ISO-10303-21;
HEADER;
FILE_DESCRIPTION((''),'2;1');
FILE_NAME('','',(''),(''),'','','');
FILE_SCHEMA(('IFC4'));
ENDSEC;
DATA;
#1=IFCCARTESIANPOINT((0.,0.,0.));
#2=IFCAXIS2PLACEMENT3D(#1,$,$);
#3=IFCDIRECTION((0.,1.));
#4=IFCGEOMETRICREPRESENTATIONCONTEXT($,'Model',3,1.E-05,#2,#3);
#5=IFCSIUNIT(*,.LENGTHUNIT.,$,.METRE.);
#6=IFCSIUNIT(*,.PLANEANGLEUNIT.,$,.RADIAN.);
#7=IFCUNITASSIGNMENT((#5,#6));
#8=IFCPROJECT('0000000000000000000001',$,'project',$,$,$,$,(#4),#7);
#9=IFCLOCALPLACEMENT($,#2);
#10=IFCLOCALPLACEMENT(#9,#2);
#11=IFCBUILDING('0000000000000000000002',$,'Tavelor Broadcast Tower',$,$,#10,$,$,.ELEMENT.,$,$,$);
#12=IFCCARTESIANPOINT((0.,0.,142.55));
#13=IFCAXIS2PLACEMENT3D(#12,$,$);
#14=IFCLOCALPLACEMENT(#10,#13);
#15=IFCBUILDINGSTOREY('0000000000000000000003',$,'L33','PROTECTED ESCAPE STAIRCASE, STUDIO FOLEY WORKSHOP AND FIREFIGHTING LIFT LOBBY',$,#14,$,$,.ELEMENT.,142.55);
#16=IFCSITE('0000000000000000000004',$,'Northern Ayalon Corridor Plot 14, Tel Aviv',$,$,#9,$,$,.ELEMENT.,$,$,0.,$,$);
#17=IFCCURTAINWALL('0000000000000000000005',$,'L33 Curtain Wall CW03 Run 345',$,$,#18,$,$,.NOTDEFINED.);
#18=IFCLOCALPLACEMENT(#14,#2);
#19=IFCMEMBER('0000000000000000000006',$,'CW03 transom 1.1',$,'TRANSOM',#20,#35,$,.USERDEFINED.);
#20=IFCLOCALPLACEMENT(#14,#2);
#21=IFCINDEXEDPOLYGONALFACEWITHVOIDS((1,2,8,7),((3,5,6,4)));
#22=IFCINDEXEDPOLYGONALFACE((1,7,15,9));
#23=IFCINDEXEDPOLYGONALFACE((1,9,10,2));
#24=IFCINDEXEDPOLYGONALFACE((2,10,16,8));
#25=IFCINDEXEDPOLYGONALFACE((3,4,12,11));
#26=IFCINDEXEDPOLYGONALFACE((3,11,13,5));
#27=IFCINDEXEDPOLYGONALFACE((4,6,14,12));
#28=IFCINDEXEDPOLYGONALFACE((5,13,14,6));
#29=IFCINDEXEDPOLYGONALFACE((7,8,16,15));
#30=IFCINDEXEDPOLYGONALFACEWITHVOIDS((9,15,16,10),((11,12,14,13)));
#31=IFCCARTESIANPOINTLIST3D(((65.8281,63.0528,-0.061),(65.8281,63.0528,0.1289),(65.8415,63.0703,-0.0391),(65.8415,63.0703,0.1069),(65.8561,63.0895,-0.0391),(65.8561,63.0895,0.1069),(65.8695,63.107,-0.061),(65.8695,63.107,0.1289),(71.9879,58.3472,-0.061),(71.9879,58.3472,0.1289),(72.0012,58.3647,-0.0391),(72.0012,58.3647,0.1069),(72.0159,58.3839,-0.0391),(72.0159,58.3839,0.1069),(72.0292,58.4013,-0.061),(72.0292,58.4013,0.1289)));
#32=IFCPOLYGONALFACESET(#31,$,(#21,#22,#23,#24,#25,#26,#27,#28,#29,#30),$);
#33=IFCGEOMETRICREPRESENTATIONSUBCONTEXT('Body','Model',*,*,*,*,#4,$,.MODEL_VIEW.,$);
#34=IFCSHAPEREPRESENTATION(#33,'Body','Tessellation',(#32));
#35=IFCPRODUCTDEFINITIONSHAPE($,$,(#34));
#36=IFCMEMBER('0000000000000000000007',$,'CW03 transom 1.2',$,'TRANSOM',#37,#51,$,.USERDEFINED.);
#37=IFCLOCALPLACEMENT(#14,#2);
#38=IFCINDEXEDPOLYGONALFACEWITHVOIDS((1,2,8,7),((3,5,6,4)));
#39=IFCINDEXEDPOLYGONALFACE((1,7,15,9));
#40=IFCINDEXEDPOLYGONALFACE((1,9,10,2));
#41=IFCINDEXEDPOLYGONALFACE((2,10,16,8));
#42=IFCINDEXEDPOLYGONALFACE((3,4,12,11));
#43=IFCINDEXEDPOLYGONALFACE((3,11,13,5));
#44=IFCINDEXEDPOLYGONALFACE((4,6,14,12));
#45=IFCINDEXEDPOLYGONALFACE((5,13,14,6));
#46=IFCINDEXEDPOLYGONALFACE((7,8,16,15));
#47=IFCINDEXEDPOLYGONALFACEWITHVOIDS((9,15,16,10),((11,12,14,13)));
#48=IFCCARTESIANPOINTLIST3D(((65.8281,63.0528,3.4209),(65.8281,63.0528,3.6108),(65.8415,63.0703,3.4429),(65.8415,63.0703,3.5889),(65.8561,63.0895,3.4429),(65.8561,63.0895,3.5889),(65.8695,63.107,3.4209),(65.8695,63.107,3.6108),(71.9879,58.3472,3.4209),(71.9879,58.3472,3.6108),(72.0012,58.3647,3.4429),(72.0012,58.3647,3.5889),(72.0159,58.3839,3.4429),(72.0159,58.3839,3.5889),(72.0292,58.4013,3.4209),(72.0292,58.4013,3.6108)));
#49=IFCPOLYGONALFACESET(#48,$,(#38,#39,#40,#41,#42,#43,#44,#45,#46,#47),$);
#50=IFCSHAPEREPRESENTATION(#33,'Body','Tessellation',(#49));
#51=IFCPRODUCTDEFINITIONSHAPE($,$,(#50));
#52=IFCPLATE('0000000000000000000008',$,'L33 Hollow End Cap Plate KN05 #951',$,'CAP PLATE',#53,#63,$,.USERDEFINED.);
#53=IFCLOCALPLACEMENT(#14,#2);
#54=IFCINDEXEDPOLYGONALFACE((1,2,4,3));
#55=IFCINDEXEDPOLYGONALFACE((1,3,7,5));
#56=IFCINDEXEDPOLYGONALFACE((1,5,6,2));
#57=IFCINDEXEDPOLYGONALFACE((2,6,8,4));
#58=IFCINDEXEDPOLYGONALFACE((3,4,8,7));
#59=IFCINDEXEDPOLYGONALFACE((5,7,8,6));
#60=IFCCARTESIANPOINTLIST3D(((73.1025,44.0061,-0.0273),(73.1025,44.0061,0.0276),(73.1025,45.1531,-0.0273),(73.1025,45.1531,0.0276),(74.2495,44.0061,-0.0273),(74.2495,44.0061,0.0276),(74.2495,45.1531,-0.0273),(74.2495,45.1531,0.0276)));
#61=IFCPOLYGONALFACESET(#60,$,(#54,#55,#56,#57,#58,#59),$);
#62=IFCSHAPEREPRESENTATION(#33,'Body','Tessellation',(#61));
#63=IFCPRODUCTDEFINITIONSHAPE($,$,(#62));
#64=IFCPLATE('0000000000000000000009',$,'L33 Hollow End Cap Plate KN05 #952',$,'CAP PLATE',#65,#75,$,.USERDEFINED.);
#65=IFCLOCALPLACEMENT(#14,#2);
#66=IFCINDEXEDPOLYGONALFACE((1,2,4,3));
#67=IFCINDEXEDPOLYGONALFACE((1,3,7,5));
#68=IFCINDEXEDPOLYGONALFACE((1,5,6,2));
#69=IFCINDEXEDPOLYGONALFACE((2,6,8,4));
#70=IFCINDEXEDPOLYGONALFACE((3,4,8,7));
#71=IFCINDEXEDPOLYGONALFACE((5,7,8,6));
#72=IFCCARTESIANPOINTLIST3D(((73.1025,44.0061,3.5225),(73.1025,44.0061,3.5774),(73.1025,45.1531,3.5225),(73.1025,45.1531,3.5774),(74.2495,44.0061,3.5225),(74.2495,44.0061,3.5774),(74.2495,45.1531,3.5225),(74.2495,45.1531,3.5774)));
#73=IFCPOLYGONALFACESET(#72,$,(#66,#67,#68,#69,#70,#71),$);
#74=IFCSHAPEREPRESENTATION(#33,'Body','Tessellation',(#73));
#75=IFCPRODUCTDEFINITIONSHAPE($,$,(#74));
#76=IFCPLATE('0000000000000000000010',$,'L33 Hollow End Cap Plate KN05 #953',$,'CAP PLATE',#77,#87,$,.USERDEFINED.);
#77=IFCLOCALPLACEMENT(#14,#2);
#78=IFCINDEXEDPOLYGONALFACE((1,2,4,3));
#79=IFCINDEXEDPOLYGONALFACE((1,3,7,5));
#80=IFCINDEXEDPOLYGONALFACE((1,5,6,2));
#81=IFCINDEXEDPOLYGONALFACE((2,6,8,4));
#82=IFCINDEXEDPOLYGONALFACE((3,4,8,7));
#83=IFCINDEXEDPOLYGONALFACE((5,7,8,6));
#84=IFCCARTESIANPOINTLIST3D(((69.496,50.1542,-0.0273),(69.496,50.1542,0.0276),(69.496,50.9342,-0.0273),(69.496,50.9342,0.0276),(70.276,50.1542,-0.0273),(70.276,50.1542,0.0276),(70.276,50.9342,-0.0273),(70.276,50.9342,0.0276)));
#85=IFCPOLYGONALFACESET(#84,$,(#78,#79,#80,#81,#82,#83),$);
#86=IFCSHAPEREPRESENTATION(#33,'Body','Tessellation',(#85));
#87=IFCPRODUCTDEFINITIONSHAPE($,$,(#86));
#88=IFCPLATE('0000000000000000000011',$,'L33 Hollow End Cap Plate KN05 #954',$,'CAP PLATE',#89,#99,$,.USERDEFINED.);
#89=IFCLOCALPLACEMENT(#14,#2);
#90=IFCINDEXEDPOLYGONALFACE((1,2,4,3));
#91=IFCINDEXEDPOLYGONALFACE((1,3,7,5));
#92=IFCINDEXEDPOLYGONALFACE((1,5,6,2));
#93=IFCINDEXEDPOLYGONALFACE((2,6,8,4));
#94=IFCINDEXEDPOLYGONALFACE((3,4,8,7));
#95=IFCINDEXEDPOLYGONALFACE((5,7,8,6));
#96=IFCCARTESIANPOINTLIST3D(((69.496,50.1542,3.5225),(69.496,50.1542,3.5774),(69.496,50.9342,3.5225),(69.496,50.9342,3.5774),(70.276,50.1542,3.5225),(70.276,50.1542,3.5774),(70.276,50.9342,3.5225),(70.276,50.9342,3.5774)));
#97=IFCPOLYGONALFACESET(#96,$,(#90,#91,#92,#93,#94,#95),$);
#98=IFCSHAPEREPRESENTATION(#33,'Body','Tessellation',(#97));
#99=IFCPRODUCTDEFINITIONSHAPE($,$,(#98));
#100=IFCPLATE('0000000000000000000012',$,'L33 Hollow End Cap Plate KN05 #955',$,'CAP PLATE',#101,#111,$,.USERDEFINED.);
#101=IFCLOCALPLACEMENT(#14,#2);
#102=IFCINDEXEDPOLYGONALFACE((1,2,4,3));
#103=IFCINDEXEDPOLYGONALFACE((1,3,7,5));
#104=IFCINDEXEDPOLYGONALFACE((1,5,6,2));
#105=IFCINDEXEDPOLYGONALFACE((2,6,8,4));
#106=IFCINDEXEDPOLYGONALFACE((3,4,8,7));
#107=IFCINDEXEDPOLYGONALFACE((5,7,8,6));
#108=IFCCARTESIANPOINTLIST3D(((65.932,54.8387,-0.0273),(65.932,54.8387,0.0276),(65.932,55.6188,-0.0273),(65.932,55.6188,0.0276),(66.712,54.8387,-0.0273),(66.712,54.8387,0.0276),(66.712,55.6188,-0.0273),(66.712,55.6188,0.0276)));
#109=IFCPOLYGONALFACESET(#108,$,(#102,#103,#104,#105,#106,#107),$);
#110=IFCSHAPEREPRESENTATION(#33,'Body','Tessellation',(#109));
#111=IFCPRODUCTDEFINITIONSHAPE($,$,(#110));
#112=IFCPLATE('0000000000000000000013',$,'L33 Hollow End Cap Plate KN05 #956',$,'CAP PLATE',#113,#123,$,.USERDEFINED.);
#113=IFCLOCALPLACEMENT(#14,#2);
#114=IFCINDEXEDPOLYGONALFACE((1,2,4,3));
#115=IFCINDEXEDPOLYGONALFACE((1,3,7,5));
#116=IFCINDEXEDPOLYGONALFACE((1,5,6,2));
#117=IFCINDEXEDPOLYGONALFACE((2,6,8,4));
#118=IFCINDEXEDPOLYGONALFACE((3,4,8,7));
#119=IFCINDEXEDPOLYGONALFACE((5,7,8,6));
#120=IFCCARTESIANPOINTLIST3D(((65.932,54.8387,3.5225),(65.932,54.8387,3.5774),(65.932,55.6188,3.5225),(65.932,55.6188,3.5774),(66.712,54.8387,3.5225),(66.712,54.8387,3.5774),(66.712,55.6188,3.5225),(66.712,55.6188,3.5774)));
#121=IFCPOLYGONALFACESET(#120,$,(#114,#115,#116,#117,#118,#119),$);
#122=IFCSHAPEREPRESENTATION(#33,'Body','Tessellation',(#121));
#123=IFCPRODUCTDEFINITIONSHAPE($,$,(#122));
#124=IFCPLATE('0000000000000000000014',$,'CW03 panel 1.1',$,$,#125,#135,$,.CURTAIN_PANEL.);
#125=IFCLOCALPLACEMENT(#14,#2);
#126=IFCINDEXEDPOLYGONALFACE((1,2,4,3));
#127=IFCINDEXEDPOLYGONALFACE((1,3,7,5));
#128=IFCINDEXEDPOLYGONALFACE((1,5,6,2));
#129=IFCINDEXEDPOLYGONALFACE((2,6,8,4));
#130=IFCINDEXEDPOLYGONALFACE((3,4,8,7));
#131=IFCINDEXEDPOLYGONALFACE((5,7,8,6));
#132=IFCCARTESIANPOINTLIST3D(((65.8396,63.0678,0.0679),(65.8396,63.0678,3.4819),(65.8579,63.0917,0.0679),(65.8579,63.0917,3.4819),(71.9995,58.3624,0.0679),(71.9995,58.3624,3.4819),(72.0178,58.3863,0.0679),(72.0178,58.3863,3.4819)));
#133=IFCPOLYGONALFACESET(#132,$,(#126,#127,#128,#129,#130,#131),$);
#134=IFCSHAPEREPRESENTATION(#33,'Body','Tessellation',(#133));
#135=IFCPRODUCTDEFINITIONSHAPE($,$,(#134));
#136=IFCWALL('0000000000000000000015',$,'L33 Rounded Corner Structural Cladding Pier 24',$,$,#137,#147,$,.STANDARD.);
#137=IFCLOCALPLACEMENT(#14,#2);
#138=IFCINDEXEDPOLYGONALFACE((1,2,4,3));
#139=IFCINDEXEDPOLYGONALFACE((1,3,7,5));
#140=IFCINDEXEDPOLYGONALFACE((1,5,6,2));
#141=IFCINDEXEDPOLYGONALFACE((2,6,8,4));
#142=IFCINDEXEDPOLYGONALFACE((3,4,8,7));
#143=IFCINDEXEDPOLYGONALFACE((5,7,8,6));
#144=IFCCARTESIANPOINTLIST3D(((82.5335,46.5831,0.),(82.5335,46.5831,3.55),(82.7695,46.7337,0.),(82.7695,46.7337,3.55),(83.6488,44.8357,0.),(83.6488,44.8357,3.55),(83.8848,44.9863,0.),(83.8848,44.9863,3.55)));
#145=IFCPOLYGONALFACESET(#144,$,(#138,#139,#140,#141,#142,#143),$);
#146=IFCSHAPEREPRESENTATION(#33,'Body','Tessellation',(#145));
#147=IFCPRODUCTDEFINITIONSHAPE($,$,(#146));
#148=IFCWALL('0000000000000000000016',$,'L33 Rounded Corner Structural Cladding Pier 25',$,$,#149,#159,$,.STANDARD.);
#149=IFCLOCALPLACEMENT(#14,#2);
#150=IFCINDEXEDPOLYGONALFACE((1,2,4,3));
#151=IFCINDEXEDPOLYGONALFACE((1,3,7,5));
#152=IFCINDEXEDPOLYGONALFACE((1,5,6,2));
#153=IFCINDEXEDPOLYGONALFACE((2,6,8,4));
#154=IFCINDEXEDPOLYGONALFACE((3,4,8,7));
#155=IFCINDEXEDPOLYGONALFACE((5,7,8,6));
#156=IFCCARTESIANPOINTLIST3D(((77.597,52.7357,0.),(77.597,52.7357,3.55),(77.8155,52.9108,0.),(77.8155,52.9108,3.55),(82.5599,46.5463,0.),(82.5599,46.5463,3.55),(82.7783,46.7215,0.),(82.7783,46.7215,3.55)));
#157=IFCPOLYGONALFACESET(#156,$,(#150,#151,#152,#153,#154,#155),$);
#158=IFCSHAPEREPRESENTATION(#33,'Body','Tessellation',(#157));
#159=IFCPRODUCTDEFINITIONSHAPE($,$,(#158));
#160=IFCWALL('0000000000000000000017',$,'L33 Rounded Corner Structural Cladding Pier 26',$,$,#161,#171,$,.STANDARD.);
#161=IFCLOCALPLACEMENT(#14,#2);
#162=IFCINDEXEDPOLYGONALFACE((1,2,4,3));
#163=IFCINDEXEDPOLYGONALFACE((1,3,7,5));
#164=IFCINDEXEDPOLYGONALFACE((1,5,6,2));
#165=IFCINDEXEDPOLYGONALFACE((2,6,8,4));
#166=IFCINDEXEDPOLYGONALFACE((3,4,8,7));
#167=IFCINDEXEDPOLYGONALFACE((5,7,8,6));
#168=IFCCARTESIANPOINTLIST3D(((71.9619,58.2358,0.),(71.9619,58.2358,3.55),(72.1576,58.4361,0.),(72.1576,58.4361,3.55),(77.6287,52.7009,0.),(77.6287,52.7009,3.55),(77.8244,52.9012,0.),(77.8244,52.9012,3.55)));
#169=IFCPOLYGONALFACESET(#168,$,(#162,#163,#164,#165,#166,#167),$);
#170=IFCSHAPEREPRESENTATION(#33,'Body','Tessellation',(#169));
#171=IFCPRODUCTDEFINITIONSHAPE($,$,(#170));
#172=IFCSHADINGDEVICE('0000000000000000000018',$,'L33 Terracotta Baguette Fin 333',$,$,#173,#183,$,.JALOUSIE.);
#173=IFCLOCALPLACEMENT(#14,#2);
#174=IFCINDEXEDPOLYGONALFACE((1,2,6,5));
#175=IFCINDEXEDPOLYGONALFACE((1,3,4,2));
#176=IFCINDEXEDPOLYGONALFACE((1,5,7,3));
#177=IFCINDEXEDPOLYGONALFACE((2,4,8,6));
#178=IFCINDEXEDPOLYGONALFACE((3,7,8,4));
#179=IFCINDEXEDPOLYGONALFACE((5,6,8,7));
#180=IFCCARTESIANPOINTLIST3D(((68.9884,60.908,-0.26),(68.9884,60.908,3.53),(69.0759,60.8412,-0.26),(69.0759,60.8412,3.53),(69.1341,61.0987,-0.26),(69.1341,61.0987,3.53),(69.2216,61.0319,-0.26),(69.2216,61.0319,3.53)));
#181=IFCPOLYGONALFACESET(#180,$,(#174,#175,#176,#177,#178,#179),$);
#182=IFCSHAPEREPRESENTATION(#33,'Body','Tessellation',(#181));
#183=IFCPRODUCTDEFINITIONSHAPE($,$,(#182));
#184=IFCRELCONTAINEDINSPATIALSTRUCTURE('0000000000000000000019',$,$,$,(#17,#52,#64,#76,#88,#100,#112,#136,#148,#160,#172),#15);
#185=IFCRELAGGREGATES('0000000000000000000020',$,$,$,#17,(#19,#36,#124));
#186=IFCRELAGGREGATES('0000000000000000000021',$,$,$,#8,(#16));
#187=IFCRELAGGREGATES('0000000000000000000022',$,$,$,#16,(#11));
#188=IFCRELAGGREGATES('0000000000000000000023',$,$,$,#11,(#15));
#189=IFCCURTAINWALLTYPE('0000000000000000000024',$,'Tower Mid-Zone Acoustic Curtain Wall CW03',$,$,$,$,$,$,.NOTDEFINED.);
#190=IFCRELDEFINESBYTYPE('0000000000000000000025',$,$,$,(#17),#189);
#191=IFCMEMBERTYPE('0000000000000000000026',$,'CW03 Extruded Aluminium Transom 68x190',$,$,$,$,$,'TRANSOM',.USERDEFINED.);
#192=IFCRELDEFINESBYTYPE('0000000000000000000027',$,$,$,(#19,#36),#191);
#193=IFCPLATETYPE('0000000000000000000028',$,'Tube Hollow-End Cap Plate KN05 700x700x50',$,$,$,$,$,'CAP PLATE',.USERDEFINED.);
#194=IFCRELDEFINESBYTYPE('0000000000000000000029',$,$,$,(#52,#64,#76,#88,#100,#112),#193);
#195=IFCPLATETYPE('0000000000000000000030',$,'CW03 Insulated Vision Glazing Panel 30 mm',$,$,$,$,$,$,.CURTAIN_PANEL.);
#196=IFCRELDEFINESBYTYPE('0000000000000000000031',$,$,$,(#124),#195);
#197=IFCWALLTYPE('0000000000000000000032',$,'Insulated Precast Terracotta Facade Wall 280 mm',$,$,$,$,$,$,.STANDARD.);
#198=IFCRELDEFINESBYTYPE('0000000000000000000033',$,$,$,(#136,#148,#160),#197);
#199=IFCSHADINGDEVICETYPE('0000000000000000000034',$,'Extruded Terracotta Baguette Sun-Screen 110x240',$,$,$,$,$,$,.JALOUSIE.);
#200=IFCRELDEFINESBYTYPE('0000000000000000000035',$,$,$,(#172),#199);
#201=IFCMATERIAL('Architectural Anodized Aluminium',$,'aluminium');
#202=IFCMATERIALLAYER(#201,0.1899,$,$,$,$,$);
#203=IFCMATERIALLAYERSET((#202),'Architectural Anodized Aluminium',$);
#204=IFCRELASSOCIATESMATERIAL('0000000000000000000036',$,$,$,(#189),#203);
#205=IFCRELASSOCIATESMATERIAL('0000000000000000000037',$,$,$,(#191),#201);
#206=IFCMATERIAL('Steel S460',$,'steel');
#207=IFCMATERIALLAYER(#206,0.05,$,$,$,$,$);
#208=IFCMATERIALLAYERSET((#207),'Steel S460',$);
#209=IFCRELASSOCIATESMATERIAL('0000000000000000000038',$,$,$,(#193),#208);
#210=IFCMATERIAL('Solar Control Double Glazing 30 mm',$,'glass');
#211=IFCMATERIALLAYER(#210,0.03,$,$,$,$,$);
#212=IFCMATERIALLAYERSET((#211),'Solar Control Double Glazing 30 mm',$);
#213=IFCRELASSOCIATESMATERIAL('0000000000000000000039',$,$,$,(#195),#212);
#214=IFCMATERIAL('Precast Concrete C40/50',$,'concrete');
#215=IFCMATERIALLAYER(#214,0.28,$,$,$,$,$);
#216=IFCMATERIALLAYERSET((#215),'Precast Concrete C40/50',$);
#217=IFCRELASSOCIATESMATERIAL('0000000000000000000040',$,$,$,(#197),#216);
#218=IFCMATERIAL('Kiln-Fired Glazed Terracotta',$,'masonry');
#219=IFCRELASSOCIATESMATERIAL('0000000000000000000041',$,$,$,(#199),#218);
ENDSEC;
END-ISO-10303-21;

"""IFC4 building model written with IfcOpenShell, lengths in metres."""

from ifc_helpers import new_model, si_unit, direction, frame, frame_2d, origin, origin_2d, place, context, subcontext, project, spatial, rectangle, hollow_rectangle, extrude, source, transform, mapped, material, layer, layer_set, material_profile, profile_set, type_object, type_shapes, element, aggregate, save


model = new_model("IFC4")

# Units and contexts
model_context = context("Model", 3, precision=1e-05, world=origin(), true_north=direction((0.0, 1.0)))
body_context = subcontext(model_context, "Body", "Model", "MODEL_VIEW")
ifc_project = project(units=[si_unit("LENGTHUNIT", "METRE"), si_unit("PLANEANGLEUNIT", "RADIAN")], contexts=[model_context])

# Site, building, storey
site_placement = place(None, origin())
site = spatial("IfcSite", under=ifc_project, at=site_placement, Name="Northern Ayalon Corridor Plot 14, Tel Aviv", CompositionType="ELEMENT", RefElevation=0.0)
building_placement = place(site_placement, origin())
building = spatial("IfcBuilding", under=site, at=building_placement, Name="Tavelor Broadcast Tower", CompositionType="ELEMENT")
storey_placement = place(building_placement, frame((0.0, 0.0, 142.55)))
storey = spatial("IfcBuildingStorey", under=building, at=storey_placement, Name="L33", Description="PROTECTED ESCAPE STAIRCASE, STUDIO FOLEY WORKSHOP AND FIREFIGHTING LIFT LOBBY", CompositionType="ELEMENT", Elevation=142.55)

# Shared definitions
ifc_material_1 = material(Name="Steel S460", Category="steel")

# Curtain wall
ifc_material_2 = material(Name="Architectural Anodized Aluminium", Category="aluminium")
ifc_layer_1 = layer(ifc_material_2, 0.1899)
ifc_layer_set_1 = layer_set([ifc_layer_1], Name="Architectural Anodized Aluminium")
curtain_wall_type = type_object("IfcCurtainWallType", Name="Tower Mid-Zone Acoustic Curtain Wall CW03", PredefinedType="NOTDEFINED", material=ifc_layer_set_1)
curtain_wall_1_placement = place(storey_placement, origin())
curtain_wall_1 = element("IfcCurtainWall", 1, at=curtain_wall_1_placement, inside=storey, type_object=curtain_wall_type, Name="L33 Curtain Wall CW03 Run 345", PredefinedType="NOTDEFINED")

# Members
ifc_material_profile_1 = material_profile(ifc_material_2, hollow_rectangle(XDim=0.0681, YDim=0.1899, WallThickness=0.022, at=origin_2d()), Name="RHS 68x190x22")
ifc_profile_set_1 = profile_set([ifc_material_profile_1], Name="Architectural Anodized Aluminium")
member_type_1 = type_object("IfcMemberType", Name="CW03 Extruded Aluminium Transom 68x190", ElementType="TRANSOM", PredefinedType="USERDEFINED", material=ifc_profile_set_1)
shared_shape_1 = source(origin(), body_context, "Body", "SweptSolid", [
    extrude(hollow_rectangle(XDim=0.0681, YDim=0.1899, WallThickness=0.022, at=origin_2d()), origin(), (0.0, 0.0, 1.0), 7.7515),
])
type_shapes(member_type_1, [shared_shape_1])
member_1_placement = place(storey_placement, frame((72.0085, 58.3743, 0.0339), z_axis=(-0.794655, 0.607062, 0.0), x_axis=(-0.607062, -0.794655, 0.0)))
member_1 = element("IfcMember", 2, at=member_1_placement, type_object=member_type_1, Name="CW03 transom 1.1", ObjectType="TRANSOM", PredefinedType="USERDEFINED", context=body_context, shape_type="MappedRepresentation", body=[
    mapped(shared_shape_1, transform((0.0, 0.0, 0.0), scale=1.0)),
])
member_2_placement = place(storey_placement, frame((72.0085, 58.3743, 3.5159), z_axis=(-0.794655, 0.607062, 0.0), x_axis=(-0.607062, -0.794655, 0.0)))
member_2 = element("IfcMember", 3, at=member_2_placement, type_object=member_type_1, Name="CW03 transom 1.2", ObjectType="TRANSOM", PredefinedType="USERDEFINED", context=body_context, shape_type="MappedRepresentation", body=[
    mapped(shared_shape_1, transform((0.0, 0.0, 0.0), scale=1.0)),
])

# Plates
ifc_layer_2 = layer(ifc_material_1, 0.05)
ifc_layer_set_2 = layer_set([ifc_layer_2], Name="Steel S460")
plate_type_1 = type_object("IfcPlateType", Name="Tube Hollow-End Cap Plate KN05 700x700x50", ElementType="CAP PLATE", PredefinedType="USERDEFINED", material=ifc_layer_set_2)
shared_shape_2 = source(origin(), body_context, "Body", "SweptSolid", [
    extrude(rectangle(XDim=1.147, YDim=1.147, at=origin_2d()), origin(), (0.0, 0.0, 1.0), 0.0549),
])
for number, where, z_axis, x_axis, name in (
    (4, (73.676, 44.5796, -0.0273), (0.0, 0.0, 1.0), (1.0, 0.0, 0.0), "L33 Hollow End Cap Plate KN05 #951"),
    (5, (73.676, 44.5796, 3.5225), (0.0, 0.0, 1.0), (1.0, 0.0, 0.0), "L33 Hollow End Cap Plate KN05 #952"),
):
    element("IfcPlate", number, at=place(storey_placement, frame(where, z_axis=z_axis, x_axis=x_axis)), inside=storey, type_object=plate_type_1, Name=name, ObjectType="CAP PLATE", PredefinedType="USERDEFINED", context=body_context, shape_type="MappedRepresentation", body=[
        mapped(shared_shape_2, transform((0.0, 0.0, 0.0), scale=1.0)),
    ])
shared_shape_3 = source(origin(), body_context, "Body", "SweptSolid", [
    extrude(rectangle(XDim=0.78, YDim=0.78, at=origin_2d()), origin(), (0.0, 0.0, 1.0), 0.0549),
])
type_shapes(plate_type_1, [shared_shape_2, shared_shape_3])
for number, where, z_axis, x_axis, name in (
    (6, (69.886, 50.5442, -0.0273), (0.0, 0.0, 1.0), (1.0, 0.0, 0.0), "L33 Hollow End Cap Plate KN05 #953"),
    (7, (69.886, 50.5442, 3.5225), (0.0, 0.0, 1.0), (1.0, 0.0, 0.0), "L33 Hollow End Cap Plate KN05 #954"),
    (8, (66.322, 55.2288, -0.0273), (0.0, 0.0, 1.0), (1.0, 0.0, 0.0), "L33 Hollow End Cap Plate KN05 #955"),
    (9, (66.322, 55.2288, 3.5225), (0.0, 0.0, 1.0), (1.0, 0.0, 0.0), "L33 Hollow End Cap Plate KN05 #956"),
):
    element("IfcPlate", number, at=place(storey_placement, frame(where, z_axis=z_axis, x_axis=x_axis)), inside=storey, type_object=plate_type_1, Name=name, ObjectType="CAP PLATE", PredefinedType="USERDEFINED", context=body_context, shape_type="MappedRepresentation", body=[
        mapped(shared_shape_3, transform((0.0, 0.0, 0.0), scale=1.0)),
    ])

# Plate
ifc_material_3 = material(Name="Solar Control Double Glazing 30 mm", Category="glass")
ifc_layer_3 = layer(ifc_material_3, 0.03)
ifc_layer_set_3 = layer_set([ifc_layer_3], Name="Solar Control Double Glazing 30 mm")
plate_type_2 = type_object("IfcPlateType", Name="CW03 Insulated Vision Glazing Panel 30 mm", PredefinedType="CURTAIN_PANEL", material=ifc_layer_set_3)
shared_shape_4 = source(origin(), body_context, "Body", "SweptSolid", [
    extrude(rectangle(XDim=7.7515, YDim=0.03, at=origin_2d()), origin(), (0.0, 0.0, 1.0), 3.4141),
])
type_shapes(plate_type_2, [shared_shape_4])
plate_placement = place(storey_placement, frame((68.9287, 60.7271, 0.0679), z_axis=(0.0, 0.0, 1.0), x_axis=(-0.794676, 0.607034, 0.0)))
plate = element("IfcPlate", 10, at=plate_placement, type_object=plate_type_2, Name="CW03 panel 1.1", PredefinedType="CURTAIN_PANEL", context=body_context, shape_type="MappedRepresentation", body=[
    mapped(shared_shape_4, transform((0.0, 0.0, 0.0), scale=1.0)),
])
aggregate(curtain_wall_1, [member_1, member_2, plate])

# Walls
ifc_material_4 = material(Name="Precast Concrete C40/50", Category="concrete")
ifc_layer_4 = layer(ifc_material_4, 0.28)
ifc_layer_set_4 = layer_set([ifc_layer_4], Name="Precast Concrete C40/50")
wall_type = type_object("IfcWallType", Name="Insulated Precast Terracotta Facade Wall 280 mm", PredefinedType="STANDARD", material=ifc_layer_set_4)
wall_1_placement = place(storey_placement, frame((83.7668, 44.9109, 0.0), z_axis=(0.0, 0.0, 1.0), x_axis=(-0.538011, 0.842938, 0.0)))
element("IfcWall", 11, at=wall_1_placement, inside=storey, type_object=wall_type, Name="L33 Rounded Corner Structural Cladding Pier 24", PredefinedType="STANDARD", context=body_context, shape_type="SweptSolid", body=[
    extrude(rectangle(XDim=2.073, YDim=0.28, at=frame_2d((1.0366, 0.0))), origin(), (0.0, 0.0, 1.0), 3.55),
])
wall_2_placement = place(storey_placement, frame((82.6692, 46.6338, 0.0), z_axis=(0.0, 0.0, 1.0), x_axis=(-0.625565, 0.780172, 0.0)))
element("IfcWall", 12, at=wall_2_placement, inside=storey, type_object=wall_type, Name="L33 Rounded Corner Structural Cladding Pier 25", PredefinedType="STANDARD", context=body_context, shape_type="SweptSolid", body=[
    extrude(rectangle(XDim=7.9333, YDim=0.28, at=frame_2d((3.9668, 0.0))), origin(), (0.0, 0.0, 1.0), 3.55),
])
wall_3_placement = place(storey_placement, frame((77.7266, 52.801, 0.0), z_axis=(0.0, 0.0, 1.0), x_axis=(-0.715379, 0.698736, 0.0)))
element("IfcWall", 13, at=wall_3_placement, inside=storey, type_object=wall_type, Name="L33 Rounded Corner Structural Cladding Pier 26", PredefinedType="STANDARD", context=body_context, shape_type="SweptSolid", body=[
    extrude(rectangle(XDim=7.9214, YDim=0.28, at=frame_2d((3.9607, 0.0))), origin(), (0.0, 0.0, 1.0), 3.55),
])

# Shading device
ifc_material_5 = material(Name="Kiln-Fired Glazed Terracotta", Category="masonry")
shading_device_type = type_object("IfcShadingDeviceType", Name="Extruded Terracotta Baguette Sun-Screen 110x240", PredefinedType="JALOUSIE", material=ifc_material_5)
shared_shape_5 = source(origin(), body_context, "Body", "SweptSolid", [
    extrude(rectangle(XDim=0.1101, YDim=0.24, at=origin_2d()), origin(), (0.0, 0.0, 1.0), 3.79),
])
type_shapes(shading_device_type, [shared_shape_5])
shading_device_placement = place(storey_placement, frame((69.105, 60.97, -0.26), z_axis=(0.0, 0.0, 1.0), x_axis=(-0.794627, 0.607098, 0.0)))
element("IfcShadingDevice", 14, at=shading_device_placement, inside=storey, type_object=shading_device_type, Name="L33 Terracotta Baguette Fin 333", PredefinedType="JALOUSIE", context=body_context, shape_type="MappedRepresentation", body=[
    mapped(shared_shape_5, transform((0.0, 0.0, 0.0), scale=1.0)),
])

save(model, "model.ifc")
